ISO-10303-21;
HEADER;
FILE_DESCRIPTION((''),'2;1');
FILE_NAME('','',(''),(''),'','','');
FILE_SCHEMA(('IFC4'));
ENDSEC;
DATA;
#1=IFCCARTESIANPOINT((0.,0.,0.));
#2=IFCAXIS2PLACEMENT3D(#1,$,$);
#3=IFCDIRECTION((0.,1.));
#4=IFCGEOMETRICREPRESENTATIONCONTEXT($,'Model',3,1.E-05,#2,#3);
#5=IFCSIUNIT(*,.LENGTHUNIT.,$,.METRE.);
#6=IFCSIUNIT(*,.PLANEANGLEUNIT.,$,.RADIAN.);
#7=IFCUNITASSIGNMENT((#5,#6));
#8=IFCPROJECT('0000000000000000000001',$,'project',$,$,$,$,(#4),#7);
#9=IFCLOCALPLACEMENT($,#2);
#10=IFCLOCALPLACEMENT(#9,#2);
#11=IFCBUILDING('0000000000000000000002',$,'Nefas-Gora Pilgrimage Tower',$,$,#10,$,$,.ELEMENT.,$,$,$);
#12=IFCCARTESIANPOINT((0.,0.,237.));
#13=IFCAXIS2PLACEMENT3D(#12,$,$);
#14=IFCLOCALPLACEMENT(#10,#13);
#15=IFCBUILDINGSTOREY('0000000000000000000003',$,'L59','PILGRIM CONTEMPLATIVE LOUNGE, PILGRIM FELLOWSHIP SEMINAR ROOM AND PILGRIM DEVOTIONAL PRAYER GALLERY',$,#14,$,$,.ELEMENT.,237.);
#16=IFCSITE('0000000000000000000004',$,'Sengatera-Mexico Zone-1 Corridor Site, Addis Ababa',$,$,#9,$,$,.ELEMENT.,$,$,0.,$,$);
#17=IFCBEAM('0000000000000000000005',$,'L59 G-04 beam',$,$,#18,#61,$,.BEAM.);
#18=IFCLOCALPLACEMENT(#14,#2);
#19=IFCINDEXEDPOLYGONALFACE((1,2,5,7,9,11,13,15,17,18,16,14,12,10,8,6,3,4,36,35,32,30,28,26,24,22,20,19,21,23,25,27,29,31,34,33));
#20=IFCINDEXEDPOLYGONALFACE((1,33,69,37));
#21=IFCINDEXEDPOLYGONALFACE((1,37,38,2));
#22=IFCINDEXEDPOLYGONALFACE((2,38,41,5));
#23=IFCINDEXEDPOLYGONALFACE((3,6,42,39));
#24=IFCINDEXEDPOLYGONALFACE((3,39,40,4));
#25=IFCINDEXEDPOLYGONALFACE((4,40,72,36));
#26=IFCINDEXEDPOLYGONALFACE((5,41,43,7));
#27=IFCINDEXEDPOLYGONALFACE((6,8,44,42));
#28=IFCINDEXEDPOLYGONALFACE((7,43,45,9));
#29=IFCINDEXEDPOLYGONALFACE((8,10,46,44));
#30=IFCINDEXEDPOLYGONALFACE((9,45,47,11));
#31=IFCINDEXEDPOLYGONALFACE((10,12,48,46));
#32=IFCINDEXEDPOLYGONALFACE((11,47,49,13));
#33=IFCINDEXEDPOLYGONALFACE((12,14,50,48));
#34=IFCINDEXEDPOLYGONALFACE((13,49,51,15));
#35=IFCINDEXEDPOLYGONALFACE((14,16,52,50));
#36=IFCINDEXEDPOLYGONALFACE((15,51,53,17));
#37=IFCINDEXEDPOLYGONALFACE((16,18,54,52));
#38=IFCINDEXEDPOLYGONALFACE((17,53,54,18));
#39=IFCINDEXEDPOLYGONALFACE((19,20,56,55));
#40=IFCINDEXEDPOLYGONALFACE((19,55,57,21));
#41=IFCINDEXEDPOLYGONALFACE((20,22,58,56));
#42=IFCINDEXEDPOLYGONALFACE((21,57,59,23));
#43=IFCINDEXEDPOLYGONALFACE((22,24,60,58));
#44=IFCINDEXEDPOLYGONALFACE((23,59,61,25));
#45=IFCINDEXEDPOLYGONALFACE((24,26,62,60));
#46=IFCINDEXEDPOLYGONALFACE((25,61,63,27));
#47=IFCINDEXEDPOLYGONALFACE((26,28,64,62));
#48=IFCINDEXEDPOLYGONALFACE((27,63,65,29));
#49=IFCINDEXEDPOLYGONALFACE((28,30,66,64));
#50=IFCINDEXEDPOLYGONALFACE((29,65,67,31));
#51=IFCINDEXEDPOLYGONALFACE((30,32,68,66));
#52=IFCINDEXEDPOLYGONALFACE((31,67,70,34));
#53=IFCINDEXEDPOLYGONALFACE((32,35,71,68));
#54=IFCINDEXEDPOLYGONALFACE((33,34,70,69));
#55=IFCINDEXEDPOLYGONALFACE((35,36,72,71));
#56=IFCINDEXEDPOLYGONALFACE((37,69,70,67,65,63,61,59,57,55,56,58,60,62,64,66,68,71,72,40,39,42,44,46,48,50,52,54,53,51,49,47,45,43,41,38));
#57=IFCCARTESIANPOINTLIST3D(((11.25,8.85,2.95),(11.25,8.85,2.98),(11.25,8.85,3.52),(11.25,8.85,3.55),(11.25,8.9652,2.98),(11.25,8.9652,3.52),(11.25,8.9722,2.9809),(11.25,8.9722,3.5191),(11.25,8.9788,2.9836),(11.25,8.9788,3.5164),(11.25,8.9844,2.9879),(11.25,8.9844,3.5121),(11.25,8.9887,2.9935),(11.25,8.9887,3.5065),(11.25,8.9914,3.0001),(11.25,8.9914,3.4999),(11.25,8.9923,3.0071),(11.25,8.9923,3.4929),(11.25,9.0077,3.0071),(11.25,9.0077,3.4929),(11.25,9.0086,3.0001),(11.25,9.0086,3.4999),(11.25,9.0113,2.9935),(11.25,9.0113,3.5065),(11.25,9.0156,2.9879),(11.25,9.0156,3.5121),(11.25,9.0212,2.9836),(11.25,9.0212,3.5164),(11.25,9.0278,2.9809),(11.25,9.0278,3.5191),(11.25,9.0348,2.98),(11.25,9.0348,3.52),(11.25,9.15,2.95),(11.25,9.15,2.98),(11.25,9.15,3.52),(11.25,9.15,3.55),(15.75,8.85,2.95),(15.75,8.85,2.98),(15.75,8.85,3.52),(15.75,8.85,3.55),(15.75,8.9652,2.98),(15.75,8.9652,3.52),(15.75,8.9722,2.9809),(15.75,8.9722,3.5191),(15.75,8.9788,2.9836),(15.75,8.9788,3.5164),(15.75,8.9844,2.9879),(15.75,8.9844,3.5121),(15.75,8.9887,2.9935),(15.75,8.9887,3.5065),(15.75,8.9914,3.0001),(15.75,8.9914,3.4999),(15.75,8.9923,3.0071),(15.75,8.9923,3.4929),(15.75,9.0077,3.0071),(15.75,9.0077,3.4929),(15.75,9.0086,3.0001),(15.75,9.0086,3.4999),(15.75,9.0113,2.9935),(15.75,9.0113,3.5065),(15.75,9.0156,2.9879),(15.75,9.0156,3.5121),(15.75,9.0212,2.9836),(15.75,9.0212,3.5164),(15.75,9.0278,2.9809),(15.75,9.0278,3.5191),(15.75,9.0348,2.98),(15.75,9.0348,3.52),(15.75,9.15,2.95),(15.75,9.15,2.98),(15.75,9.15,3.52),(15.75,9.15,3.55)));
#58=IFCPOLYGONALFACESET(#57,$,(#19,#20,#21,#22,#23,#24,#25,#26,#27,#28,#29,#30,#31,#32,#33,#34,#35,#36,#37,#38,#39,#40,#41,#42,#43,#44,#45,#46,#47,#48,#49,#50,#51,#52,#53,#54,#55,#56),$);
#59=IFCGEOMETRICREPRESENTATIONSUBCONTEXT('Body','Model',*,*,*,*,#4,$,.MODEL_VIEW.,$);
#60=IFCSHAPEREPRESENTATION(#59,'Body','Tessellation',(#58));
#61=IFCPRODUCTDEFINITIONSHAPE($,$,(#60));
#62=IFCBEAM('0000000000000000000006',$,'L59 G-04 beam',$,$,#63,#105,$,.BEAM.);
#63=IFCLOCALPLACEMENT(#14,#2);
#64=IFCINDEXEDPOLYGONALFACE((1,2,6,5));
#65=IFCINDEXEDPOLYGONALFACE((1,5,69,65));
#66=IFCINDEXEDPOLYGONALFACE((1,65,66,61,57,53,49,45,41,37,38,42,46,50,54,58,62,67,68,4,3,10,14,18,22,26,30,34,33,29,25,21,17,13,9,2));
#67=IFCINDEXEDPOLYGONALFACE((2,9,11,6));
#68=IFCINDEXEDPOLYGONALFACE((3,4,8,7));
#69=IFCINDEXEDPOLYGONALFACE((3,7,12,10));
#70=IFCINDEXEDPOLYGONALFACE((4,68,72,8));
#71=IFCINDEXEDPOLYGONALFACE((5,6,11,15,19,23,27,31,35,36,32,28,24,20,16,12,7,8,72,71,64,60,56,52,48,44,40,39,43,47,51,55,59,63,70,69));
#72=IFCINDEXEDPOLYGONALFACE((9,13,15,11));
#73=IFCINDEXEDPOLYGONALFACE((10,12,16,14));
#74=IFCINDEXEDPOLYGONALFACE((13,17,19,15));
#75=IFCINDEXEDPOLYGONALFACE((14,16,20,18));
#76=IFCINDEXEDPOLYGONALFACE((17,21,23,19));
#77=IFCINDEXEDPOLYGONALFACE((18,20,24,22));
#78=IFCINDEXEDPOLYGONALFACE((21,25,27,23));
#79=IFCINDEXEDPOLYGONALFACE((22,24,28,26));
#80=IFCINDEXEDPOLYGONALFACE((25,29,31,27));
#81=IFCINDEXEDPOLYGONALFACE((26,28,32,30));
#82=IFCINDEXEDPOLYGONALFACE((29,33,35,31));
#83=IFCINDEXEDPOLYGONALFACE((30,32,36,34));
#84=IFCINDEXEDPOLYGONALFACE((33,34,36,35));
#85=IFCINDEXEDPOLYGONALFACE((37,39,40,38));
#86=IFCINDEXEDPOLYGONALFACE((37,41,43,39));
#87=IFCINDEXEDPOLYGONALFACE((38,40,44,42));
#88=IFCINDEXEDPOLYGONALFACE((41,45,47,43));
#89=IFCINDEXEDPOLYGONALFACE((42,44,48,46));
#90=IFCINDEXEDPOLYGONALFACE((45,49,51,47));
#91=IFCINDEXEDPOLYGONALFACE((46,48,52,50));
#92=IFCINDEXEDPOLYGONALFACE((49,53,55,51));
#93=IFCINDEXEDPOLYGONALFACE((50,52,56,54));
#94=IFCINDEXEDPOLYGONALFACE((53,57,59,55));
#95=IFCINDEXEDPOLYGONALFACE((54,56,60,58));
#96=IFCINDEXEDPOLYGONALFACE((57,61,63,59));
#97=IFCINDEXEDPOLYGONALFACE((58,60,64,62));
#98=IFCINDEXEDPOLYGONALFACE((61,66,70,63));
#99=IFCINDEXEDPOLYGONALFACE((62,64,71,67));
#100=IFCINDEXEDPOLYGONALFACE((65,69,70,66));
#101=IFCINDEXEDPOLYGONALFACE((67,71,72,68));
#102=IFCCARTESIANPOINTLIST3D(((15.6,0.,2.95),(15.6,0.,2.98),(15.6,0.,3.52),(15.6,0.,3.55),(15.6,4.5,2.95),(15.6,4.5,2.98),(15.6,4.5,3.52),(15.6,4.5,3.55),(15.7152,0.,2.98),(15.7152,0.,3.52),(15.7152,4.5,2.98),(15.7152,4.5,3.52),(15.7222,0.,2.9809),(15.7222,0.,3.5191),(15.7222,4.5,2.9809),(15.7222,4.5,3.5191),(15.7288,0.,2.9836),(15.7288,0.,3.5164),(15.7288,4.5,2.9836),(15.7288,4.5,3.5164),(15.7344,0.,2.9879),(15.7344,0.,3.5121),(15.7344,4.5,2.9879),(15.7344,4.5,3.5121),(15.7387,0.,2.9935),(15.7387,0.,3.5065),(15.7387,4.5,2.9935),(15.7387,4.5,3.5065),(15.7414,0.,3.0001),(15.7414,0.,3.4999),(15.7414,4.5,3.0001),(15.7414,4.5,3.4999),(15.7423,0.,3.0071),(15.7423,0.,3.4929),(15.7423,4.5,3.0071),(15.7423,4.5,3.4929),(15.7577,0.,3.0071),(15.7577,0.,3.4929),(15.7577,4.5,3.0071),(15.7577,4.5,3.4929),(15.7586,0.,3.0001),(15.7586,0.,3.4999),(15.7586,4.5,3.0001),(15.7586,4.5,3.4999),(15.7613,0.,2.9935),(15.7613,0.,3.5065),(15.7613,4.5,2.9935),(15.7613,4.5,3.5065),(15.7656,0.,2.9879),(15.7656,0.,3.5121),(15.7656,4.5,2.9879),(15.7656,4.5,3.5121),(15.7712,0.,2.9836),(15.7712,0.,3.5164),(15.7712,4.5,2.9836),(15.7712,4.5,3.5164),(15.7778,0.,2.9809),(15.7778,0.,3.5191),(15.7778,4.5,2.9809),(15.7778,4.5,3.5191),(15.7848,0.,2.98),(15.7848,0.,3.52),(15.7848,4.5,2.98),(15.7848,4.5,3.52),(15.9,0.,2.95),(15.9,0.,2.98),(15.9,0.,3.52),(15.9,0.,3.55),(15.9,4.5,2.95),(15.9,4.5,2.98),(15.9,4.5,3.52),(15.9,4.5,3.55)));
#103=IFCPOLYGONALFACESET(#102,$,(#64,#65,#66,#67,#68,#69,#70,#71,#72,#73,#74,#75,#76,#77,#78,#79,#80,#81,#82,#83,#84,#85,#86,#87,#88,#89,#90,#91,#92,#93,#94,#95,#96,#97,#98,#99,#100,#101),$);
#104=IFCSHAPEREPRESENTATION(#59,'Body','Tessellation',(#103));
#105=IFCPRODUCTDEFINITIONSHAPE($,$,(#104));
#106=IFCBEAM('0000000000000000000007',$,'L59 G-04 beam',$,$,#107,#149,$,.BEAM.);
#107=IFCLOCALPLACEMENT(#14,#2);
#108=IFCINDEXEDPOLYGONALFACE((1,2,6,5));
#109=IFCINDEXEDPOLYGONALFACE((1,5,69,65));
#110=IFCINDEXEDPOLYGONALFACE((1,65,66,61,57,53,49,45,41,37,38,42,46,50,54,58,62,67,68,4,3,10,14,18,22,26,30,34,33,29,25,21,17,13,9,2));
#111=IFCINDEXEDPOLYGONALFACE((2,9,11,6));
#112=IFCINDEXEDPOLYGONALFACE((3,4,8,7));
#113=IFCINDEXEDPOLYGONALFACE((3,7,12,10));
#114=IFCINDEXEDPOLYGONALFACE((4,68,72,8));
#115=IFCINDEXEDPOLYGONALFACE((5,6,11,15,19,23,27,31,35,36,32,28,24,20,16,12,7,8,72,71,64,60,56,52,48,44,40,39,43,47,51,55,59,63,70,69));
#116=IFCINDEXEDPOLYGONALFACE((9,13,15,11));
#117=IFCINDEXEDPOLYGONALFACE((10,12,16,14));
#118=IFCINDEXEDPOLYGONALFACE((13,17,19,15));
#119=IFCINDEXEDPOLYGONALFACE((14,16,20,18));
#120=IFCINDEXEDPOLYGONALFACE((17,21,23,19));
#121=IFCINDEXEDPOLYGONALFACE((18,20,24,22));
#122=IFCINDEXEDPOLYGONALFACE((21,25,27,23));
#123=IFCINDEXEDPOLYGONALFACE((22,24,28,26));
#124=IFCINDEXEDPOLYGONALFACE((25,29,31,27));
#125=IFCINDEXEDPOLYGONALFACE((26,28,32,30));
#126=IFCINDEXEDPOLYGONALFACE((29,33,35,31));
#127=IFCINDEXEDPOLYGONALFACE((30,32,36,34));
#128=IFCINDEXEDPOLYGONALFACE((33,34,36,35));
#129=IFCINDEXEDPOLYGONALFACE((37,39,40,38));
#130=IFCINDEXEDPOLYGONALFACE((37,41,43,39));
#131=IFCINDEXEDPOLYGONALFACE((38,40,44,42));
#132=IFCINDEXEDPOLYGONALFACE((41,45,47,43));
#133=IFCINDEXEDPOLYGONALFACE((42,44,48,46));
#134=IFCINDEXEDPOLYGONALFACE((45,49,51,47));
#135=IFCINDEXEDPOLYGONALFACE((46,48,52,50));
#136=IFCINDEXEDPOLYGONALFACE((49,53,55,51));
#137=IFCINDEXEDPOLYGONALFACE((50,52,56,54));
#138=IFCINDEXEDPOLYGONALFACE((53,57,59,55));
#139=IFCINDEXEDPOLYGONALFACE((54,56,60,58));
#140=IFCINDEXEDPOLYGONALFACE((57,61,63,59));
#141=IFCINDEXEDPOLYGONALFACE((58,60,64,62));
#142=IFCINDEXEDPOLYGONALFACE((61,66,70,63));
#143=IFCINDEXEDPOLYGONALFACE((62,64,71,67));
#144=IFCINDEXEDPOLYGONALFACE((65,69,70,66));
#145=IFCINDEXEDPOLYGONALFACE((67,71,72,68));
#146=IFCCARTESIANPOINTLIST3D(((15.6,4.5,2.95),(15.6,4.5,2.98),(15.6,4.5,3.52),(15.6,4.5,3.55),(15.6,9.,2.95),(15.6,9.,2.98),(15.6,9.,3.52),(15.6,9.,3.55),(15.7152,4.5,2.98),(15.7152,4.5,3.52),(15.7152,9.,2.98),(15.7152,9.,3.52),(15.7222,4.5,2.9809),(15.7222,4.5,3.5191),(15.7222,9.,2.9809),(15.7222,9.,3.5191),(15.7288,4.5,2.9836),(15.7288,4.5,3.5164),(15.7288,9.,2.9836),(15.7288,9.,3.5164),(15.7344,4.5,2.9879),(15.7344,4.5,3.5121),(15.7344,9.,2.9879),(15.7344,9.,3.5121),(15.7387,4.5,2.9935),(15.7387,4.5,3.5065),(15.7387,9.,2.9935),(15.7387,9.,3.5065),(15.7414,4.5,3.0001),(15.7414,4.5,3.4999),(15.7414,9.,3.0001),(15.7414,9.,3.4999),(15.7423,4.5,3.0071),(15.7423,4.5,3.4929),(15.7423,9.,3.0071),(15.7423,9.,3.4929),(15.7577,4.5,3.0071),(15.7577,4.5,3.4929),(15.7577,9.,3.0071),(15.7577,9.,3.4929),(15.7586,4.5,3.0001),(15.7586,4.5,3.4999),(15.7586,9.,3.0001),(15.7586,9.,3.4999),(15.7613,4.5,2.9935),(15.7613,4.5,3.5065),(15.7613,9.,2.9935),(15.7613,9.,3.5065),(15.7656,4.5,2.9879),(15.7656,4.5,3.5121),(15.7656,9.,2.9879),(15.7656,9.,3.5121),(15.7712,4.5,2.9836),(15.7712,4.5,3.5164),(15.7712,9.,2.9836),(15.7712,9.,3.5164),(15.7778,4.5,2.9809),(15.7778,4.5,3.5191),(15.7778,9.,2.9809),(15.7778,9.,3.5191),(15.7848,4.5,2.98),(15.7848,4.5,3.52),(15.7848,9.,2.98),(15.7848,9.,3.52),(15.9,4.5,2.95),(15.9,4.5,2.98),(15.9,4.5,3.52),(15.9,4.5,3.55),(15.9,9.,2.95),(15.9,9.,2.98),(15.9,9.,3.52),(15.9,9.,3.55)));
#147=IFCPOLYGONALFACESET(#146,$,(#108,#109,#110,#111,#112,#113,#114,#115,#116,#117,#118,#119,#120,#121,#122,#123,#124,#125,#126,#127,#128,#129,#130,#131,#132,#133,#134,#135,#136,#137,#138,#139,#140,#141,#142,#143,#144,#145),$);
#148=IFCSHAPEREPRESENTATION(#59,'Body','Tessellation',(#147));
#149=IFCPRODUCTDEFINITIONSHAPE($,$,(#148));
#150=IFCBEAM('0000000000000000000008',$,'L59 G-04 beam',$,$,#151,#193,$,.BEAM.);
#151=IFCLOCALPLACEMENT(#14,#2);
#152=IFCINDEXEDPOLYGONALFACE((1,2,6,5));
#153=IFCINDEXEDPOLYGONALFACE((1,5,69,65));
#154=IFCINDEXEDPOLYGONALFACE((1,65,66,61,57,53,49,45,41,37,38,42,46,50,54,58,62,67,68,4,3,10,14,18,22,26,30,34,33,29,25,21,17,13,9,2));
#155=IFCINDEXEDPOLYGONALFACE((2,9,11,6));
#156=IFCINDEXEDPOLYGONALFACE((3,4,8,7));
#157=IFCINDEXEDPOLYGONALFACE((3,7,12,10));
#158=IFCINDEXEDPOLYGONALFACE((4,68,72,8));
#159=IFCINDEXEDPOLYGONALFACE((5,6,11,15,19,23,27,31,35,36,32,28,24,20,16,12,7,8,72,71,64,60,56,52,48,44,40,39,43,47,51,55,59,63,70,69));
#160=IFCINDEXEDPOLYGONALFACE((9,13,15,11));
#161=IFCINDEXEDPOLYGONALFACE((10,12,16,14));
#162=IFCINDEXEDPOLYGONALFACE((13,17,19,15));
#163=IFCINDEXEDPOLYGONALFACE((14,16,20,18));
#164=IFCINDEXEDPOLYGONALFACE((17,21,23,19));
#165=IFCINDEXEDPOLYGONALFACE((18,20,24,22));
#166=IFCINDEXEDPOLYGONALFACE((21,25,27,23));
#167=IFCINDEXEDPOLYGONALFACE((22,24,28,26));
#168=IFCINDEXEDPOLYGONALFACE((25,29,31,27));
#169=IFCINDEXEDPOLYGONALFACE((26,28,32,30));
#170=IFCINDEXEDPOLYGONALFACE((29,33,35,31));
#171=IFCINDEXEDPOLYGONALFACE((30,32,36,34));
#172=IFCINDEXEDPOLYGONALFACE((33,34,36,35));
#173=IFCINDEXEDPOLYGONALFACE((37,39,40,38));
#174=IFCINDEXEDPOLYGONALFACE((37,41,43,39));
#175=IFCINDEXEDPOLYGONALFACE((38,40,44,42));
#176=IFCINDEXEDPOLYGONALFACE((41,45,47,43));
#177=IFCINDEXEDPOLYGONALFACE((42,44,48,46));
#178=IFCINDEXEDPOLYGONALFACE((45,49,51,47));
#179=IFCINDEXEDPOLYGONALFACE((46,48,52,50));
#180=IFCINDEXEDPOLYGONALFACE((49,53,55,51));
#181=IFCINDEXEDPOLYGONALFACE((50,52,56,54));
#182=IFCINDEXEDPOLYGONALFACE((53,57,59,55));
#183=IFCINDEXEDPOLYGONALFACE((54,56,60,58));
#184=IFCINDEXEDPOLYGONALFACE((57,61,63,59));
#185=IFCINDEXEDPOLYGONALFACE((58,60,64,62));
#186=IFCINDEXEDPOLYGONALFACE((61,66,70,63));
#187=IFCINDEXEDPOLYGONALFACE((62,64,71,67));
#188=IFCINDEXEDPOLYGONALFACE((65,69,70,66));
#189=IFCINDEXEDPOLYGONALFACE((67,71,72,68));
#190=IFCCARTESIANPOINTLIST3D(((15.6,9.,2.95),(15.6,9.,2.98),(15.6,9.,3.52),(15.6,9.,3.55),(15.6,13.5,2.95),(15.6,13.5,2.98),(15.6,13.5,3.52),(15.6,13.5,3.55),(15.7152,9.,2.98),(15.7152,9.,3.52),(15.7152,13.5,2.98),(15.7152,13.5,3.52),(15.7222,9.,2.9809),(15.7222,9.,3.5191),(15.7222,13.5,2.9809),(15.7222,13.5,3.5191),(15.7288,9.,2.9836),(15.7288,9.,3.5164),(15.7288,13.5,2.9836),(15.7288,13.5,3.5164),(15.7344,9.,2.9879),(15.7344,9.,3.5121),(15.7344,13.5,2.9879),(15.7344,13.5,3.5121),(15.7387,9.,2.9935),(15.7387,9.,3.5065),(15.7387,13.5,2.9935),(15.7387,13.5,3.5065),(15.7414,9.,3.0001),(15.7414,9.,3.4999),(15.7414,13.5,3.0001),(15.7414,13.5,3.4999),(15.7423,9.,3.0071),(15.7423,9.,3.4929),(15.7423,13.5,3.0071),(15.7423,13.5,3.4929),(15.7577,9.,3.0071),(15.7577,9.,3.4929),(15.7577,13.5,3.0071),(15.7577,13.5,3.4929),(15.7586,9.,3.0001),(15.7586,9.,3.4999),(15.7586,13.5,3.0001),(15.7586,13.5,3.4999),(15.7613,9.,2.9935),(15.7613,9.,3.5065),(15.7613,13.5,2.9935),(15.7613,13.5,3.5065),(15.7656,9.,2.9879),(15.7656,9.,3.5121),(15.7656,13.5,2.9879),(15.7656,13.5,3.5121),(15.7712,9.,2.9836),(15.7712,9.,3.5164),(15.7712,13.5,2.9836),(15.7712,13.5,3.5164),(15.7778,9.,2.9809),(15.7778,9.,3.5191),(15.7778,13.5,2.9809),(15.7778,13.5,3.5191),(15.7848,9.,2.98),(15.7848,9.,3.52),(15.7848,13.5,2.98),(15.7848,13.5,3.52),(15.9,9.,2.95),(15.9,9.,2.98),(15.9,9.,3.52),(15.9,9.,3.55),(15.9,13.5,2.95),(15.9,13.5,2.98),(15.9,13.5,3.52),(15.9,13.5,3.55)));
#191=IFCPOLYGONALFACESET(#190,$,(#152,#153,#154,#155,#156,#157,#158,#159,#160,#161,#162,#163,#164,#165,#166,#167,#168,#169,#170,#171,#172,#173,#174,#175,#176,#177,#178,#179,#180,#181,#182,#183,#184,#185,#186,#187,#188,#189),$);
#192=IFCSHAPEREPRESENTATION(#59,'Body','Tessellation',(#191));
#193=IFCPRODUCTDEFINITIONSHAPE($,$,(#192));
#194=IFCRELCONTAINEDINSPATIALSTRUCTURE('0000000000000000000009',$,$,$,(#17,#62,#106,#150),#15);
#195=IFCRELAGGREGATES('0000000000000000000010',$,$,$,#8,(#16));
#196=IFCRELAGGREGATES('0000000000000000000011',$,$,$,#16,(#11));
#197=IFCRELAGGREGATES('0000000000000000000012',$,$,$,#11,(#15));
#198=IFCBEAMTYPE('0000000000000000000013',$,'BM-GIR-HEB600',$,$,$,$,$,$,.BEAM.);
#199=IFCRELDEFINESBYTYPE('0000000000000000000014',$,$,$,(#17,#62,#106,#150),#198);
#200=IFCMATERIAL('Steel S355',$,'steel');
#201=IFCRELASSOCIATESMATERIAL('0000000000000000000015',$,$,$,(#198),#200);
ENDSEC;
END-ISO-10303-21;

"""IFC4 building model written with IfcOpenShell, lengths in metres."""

from ifc_helpers import new_model, si_unit, direction, frame, origin, origin_2d, place, context, subcontext, project, spatial, i_section, extrude, source, transform, mapped, material, material_profile, profile_set, type_object, element, save


model = new_model("IFC4")

# Units and contexts
model_context = context("Model", 3, precision=1e-05, world=origin(), true_north=direction((0.0, 1.0)))
body_context = subcontext(model_context, "Body", "Model", "MODEL_VIEW")
ifc_project = project(units=[si_unit("LENGTHUNIT", "METRE"), si_unit("PLANEANGLEUNIT", "RADIAN")], contexts=[model_context])

# Site, building, storey
site_placement = place(None, origin())
site = spatial("IfcSite", under=ifc_project, at=site_placement, Name="Sengatera-Mexico Zone-1 Corridor Site, Addis Ababa", CompositionType="ELEMENT", RefElevation=0.0)
building_placement = place(site_placement, origin())
building = spatial("IfcBuilding", under=site, at=building_placement, Name="Nefas-Gora Pilgrimage Tower", CompositionType="ELEMENT")
storey_placement = place(building_placement, frame((0.0, 0.0, 237.0)))
storey = spatial("IfcBuildingStorey", under=building, at=storey_placement, Name="L59", Description="PILGRIM CONTEMPLATIVE LOUNGE, PILGRIM FELLOWSHIP SEMINAR ROOM AND PILGRIM DEVOTIONAL PRAYER GALLERY", CompositionType="ELEMENT", Elevation=237.0)

# Beams
ifc_material_1 = material(Name="Steel S355", Category="steel")
ifc_material_profile_1 = material_profile(ifc_material_1, i_section(OverallWidth=0.3, OverallDepth=0.6001, WebThickness=0.0154, FlangeThickness=0.03, FilletRadius=0.0271, at=origin_2d()), Name="HEB 600")
ifc_profile_set_1 = profile_set([ifc_material_profile_1], Name="Steel S355")
beam_type_1 = type_object("IfcBeamType", Name="BM-GIR-HEB600", PredefinedType="BEAM", material=ifc_profile_set_1)
shared_shape_1 = source(origin(), body_context, "Body", "SweptSolid", [
    extrude(i_section(OverallWidth=0.3, OverallDepth=0.6001, WebThickness=0.0154, FlangeThickness=0.03, FilletRadius=0.0271, at=origin_2d()), origin(), (0.0, 0.0, 1.0), 4.5),
])
for number, where, z_axis, x_axis, name in (
    (1, (11.25, 9.0, 3.25), (1.0, 0.0, 0.0), (0.0, 1.0, 0.0), "L59 G-04 beam"),
    (2, (15.75, 0.0, 3.25), (0.0, 1.0, 0.0), (-1.0, 0.0, 0.0), "L59 G-04 beam"),
    (3, (15.75, 4.5, 3.25), (0.0, 1.0, 0.0), (-1.0, 0.0, 0.0), "L59 G-04 beam"),
    (4, (15.75, 9.0, 3.25), (0.0, 1.0, 0.0), (-1.0, 0.0, 0.0), "L59 G-04 beam"),
):
    element("IfcBeam", number, at=place(storey_placement, frame(where, z_axis=z_axis, x_axis=x_axis)), inside=storey, type_object=beam_type_1, Name=name, PredefinedType="BEAM", context=body_context, shape_type="MappedRepresentation", body=[
        mapped(shared_shape_1, transform((0.0, 0.0, 0.0), x_axis=(1.0, 0.0, 0.0), y_axis=(0.0, 1.0, 0.0), z_axis=(0.0, 0.0, 1.0), scale=1.0)),
    ])

save(model, "model.ifc")
